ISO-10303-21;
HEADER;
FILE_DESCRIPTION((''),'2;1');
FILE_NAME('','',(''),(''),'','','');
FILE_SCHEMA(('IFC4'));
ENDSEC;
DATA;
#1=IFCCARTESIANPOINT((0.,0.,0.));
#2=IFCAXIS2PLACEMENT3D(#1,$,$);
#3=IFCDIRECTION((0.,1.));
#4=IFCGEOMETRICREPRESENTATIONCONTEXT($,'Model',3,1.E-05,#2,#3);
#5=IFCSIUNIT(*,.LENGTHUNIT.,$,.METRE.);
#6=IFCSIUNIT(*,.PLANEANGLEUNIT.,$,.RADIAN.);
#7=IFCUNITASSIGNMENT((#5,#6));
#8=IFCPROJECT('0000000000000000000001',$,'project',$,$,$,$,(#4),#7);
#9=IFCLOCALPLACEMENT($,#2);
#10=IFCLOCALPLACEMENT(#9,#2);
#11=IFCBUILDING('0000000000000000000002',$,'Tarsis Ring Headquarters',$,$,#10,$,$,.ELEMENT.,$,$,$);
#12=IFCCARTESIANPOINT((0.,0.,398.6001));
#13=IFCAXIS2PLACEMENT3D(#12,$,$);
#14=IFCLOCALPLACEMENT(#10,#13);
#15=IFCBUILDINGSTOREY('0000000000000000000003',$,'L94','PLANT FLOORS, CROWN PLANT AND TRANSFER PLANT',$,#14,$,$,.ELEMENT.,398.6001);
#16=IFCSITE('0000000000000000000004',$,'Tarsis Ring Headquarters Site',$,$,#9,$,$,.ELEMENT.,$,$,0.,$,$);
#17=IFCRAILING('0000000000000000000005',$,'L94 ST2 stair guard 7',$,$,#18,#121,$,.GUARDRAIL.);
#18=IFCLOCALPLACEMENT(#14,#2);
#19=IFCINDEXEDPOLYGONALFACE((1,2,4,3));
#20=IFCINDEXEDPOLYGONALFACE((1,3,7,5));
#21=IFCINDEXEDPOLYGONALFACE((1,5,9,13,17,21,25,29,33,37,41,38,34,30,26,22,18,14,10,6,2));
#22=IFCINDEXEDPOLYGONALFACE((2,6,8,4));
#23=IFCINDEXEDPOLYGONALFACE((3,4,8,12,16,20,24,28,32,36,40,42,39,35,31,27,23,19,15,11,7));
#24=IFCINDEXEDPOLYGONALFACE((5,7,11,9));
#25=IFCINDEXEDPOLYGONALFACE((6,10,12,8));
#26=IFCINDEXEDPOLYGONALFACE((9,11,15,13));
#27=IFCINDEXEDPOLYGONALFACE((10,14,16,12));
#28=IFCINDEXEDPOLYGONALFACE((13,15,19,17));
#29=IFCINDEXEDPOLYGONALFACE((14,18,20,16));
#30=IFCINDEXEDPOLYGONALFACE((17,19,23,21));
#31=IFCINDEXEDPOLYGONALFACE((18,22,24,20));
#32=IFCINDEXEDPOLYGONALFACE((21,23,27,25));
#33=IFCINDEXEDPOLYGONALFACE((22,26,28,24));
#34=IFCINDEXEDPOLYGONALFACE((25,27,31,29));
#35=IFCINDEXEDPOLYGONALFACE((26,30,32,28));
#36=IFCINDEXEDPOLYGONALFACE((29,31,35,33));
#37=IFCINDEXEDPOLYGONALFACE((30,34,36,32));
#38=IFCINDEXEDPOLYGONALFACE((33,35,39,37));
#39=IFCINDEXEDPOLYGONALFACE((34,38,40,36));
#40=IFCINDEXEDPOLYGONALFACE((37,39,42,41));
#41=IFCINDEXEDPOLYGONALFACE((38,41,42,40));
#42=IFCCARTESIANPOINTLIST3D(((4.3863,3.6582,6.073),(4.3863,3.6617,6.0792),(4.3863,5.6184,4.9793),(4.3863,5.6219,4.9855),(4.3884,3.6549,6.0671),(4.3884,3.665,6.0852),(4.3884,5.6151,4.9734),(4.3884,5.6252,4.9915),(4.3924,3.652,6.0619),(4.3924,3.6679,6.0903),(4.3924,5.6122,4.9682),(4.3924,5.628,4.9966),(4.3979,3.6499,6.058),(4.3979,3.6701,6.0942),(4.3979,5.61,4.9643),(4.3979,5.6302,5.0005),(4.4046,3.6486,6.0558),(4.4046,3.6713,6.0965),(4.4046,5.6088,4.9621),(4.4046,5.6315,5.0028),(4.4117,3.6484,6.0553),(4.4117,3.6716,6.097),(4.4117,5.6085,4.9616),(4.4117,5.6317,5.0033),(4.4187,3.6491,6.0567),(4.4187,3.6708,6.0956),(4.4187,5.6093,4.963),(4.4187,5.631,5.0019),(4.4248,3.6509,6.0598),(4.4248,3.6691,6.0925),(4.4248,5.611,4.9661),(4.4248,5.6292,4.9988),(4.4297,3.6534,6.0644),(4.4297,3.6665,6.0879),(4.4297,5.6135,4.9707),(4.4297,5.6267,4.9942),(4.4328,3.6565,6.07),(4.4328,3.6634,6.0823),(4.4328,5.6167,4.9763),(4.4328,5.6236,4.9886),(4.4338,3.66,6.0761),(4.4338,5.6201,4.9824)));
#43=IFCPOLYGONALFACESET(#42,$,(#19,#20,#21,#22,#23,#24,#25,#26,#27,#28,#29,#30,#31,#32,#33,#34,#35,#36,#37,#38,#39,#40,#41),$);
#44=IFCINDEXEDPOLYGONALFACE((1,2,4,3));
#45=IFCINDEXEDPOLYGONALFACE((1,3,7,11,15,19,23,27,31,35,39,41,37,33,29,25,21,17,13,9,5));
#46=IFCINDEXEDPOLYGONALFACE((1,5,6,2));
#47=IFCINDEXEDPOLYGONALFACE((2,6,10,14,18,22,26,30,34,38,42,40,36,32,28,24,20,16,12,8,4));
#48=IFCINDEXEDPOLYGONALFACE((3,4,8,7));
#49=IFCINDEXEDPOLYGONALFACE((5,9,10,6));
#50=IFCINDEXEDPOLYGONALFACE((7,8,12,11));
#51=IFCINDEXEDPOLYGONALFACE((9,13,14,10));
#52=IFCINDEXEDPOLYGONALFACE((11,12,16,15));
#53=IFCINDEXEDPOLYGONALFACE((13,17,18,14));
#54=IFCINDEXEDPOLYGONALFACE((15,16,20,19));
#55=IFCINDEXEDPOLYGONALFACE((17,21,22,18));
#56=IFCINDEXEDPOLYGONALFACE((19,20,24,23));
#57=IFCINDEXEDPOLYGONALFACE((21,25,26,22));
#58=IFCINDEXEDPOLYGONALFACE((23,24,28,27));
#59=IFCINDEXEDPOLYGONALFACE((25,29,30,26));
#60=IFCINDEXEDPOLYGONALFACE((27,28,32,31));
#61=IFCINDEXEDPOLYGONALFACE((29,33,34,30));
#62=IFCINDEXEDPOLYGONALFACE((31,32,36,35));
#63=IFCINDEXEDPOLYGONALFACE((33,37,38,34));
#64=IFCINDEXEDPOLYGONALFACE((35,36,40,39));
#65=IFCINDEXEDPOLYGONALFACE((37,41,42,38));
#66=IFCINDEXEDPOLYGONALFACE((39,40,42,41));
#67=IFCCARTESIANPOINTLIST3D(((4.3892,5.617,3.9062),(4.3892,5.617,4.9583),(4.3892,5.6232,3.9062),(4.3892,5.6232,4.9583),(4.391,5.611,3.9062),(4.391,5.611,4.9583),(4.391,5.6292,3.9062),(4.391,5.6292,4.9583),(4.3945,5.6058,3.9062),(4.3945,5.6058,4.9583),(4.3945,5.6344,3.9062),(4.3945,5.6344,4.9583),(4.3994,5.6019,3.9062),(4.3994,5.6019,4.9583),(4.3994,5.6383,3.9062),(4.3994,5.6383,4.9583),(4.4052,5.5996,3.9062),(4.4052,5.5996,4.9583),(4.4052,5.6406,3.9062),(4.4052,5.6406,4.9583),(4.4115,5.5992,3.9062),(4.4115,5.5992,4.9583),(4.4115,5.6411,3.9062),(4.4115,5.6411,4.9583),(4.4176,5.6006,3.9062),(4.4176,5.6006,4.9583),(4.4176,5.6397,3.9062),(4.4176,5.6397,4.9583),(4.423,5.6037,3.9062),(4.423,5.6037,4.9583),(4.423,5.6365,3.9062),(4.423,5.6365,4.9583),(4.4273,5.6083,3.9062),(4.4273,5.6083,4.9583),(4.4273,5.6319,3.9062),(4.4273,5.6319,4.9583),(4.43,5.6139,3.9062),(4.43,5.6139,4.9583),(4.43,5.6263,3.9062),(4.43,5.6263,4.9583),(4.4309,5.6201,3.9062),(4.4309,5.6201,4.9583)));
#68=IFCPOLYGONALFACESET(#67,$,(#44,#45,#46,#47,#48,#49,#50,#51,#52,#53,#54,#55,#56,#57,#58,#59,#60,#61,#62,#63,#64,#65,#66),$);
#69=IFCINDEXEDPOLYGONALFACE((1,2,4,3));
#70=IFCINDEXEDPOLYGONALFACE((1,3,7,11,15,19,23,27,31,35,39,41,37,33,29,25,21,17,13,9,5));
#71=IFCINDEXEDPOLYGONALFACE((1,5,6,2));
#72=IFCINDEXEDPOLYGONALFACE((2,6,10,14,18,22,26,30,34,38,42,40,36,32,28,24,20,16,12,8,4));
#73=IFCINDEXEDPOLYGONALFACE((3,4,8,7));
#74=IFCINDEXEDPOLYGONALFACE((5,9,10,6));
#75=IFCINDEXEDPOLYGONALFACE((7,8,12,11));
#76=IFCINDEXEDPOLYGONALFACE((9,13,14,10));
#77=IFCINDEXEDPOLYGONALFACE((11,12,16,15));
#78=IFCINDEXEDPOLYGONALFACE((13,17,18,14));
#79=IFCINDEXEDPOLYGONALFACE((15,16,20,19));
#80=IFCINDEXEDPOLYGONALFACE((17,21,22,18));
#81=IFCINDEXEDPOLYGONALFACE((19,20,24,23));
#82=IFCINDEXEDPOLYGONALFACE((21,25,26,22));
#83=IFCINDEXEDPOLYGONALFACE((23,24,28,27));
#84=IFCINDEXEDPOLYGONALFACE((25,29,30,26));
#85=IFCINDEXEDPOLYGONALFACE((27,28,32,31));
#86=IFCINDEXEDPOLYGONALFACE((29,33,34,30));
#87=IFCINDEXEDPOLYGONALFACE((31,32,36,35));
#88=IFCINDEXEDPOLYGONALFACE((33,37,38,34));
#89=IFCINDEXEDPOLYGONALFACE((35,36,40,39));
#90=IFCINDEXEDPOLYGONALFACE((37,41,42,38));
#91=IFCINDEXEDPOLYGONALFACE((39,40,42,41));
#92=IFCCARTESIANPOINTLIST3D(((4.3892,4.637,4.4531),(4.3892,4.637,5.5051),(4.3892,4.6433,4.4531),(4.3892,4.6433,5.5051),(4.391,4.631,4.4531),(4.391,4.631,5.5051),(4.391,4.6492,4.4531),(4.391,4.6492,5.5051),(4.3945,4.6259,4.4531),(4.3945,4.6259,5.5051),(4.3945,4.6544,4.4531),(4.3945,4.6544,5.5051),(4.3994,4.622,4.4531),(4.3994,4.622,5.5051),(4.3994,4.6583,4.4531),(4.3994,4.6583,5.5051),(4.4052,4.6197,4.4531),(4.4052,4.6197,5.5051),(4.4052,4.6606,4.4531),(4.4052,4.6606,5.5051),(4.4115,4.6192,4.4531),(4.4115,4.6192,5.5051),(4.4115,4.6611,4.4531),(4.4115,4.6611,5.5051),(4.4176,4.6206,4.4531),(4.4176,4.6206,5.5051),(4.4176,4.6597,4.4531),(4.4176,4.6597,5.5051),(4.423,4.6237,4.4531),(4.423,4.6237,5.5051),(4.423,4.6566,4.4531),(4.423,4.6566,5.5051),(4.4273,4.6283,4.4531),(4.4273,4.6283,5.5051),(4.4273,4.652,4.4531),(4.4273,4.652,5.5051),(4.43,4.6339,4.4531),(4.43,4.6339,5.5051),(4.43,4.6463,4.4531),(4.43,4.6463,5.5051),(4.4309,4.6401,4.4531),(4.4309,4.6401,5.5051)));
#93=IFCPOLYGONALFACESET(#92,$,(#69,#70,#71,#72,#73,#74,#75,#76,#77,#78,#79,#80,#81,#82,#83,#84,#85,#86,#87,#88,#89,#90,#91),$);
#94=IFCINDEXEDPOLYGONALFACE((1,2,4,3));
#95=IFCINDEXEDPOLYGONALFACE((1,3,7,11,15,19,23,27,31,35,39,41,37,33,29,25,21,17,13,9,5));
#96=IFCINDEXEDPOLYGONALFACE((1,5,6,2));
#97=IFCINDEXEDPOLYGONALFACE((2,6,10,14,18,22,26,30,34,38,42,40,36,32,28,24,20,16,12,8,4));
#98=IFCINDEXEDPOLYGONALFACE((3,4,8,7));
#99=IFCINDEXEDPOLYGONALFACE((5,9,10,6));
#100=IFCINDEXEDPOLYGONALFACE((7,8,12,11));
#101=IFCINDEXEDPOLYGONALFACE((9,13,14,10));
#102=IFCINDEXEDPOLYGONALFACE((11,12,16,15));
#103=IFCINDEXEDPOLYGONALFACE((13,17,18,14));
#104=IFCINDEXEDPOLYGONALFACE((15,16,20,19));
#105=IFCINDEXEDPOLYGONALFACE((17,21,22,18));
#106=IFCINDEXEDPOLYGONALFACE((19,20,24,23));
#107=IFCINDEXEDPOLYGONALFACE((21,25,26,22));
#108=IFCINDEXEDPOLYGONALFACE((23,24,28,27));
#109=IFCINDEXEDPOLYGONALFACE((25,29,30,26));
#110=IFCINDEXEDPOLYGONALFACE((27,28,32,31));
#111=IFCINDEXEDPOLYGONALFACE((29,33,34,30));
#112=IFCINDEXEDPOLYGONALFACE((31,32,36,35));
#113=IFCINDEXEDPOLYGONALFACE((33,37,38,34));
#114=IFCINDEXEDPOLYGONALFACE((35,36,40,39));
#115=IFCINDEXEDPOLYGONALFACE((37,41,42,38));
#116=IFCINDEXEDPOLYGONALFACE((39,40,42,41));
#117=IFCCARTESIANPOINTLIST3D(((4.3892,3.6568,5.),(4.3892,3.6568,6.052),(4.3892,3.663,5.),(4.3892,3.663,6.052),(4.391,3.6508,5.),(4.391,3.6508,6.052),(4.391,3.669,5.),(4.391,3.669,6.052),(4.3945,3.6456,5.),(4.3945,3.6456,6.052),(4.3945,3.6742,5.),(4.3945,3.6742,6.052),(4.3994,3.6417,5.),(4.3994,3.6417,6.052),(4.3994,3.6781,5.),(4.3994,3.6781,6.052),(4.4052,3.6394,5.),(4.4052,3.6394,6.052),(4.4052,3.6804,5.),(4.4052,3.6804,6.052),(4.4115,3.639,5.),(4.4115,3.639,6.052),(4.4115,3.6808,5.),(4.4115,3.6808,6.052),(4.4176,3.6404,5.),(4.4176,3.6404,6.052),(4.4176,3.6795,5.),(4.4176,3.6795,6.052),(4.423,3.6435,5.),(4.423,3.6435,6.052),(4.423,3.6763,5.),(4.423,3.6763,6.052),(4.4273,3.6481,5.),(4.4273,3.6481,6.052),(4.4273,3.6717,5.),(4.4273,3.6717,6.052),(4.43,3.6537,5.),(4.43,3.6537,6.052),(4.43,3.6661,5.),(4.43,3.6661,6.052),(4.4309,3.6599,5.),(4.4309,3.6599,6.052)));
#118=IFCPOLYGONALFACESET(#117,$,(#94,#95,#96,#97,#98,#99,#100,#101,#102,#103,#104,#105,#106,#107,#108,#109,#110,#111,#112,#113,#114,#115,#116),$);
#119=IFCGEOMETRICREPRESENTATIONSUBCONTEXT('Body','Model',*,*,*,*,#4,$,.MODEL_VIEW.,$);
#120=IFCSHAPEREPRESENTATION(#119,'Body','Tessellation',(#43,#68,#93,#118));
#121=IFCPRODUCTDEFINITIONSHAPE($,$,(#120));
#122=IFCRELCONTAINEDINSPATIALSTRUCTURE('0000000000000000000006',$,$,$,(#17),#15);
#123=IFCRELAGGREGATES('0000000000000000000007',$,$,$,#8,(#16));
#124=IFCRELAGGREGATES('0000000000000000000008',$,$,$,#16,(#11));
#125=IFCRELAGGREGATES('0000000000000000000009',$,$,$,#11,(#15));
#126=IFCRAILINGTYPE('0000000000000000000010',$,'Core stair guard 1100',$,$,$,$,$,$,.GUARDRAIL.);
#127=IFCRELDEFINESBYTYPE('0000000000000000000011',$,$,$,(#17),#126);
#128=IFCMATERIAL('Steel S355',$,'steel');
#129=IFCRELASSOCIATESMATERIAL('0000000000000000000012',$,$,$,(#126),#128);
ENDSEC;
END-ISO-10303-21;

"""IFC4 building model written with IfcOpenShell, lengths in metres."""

from ifc_helpers import new_model, si_unit, direction, frame, origin, origin_2d, place, context, subcontext, project, spatial, circle, extrude, material, type_object, element, save


model = new_model("IFC4")

# Units and contexts
model_context = context("Model", 3, precision=1e-05, world=origin(), true_north=direction((0.0, 1.0)))
body_context = subcontext(model_context, "Body", "Model", "MODEL_VIEW")
ifc_project = project(units=[si_unit("LENGTHUNIT", "METRE"), si_unit("PLANEANGLEUNIT", "RADIAN")], contexts=[model_context])

# Site, building, storey
site_placement = place(None, origin())
site = spatial("IfcSite", under=ifc_project, at=site_placement, Name="Tarsis Ring Headquarters Site", CompositionType="ELEMENT", RefElevation=0.0)
building_placement = place(site_placement, origin())
building = spatial("IfcBuilding", under=site, at=building_placement, Name="Tarsis Ring Headquarters", CompositionType="ELEMENT")
storey_placement = place(building_placement, frame((0.0, 0.0, 398.6001)))
storey = spatial("IfcBuildingStorey", under=building, at=storey_placement, Name="L94", Description="PLANT FLOORS, CROWN PLANT AND TRANSFER PLANT", CompositionType="ELEMENT", Elevation=398.6001)

# Railing
ifc_material_1 = material(Name="Steel S355", Category="steel")
railing_type_1 = type_object("IfcRailingType", Name="Core stair guard 1100", PredefinedType="GUARDRAIL", material=ifc_material_1)
railing_1_placement = place(storey_placement, frame((4.4099, 5.6201, 3.9062)))
element("IfcRailing", 1, at=railing_1_placement, inside=storey, type_object=railing_type_1, Name="L94 ST2 stair guard 7", PredefinedType="GUARDRAIL", context=body_context, shape_type="SweptSolid", body=[
    extrude(circle(Radius=0.0239, at=origin_2d()), frame((0.0, 0.0, 1.0762), z_axis=(0.0, -0.873258, 0.487258), x_axis=(1.0, 0.0, 0.0)), (0.0, 0.0, 1.0), 2.2446),
    extrude(circle(Radius=0.021, at=origin_2d()), origin(), (0.0, 0.0, 1.0), 1.052),
    extrude(circle(Radius=0.021, at=origin_2d()), frame((0.0, -0.98, 0.5469)), (0.0, 0.0, 1.0), 1.052),
    extrude(circle(Radius=0.021, at=origin_2d()), frame((0.0, -1.9602, 1.0938)), (0.0, 0.0, 1.0), 1.052),
])

save(model, "model.ifc")
